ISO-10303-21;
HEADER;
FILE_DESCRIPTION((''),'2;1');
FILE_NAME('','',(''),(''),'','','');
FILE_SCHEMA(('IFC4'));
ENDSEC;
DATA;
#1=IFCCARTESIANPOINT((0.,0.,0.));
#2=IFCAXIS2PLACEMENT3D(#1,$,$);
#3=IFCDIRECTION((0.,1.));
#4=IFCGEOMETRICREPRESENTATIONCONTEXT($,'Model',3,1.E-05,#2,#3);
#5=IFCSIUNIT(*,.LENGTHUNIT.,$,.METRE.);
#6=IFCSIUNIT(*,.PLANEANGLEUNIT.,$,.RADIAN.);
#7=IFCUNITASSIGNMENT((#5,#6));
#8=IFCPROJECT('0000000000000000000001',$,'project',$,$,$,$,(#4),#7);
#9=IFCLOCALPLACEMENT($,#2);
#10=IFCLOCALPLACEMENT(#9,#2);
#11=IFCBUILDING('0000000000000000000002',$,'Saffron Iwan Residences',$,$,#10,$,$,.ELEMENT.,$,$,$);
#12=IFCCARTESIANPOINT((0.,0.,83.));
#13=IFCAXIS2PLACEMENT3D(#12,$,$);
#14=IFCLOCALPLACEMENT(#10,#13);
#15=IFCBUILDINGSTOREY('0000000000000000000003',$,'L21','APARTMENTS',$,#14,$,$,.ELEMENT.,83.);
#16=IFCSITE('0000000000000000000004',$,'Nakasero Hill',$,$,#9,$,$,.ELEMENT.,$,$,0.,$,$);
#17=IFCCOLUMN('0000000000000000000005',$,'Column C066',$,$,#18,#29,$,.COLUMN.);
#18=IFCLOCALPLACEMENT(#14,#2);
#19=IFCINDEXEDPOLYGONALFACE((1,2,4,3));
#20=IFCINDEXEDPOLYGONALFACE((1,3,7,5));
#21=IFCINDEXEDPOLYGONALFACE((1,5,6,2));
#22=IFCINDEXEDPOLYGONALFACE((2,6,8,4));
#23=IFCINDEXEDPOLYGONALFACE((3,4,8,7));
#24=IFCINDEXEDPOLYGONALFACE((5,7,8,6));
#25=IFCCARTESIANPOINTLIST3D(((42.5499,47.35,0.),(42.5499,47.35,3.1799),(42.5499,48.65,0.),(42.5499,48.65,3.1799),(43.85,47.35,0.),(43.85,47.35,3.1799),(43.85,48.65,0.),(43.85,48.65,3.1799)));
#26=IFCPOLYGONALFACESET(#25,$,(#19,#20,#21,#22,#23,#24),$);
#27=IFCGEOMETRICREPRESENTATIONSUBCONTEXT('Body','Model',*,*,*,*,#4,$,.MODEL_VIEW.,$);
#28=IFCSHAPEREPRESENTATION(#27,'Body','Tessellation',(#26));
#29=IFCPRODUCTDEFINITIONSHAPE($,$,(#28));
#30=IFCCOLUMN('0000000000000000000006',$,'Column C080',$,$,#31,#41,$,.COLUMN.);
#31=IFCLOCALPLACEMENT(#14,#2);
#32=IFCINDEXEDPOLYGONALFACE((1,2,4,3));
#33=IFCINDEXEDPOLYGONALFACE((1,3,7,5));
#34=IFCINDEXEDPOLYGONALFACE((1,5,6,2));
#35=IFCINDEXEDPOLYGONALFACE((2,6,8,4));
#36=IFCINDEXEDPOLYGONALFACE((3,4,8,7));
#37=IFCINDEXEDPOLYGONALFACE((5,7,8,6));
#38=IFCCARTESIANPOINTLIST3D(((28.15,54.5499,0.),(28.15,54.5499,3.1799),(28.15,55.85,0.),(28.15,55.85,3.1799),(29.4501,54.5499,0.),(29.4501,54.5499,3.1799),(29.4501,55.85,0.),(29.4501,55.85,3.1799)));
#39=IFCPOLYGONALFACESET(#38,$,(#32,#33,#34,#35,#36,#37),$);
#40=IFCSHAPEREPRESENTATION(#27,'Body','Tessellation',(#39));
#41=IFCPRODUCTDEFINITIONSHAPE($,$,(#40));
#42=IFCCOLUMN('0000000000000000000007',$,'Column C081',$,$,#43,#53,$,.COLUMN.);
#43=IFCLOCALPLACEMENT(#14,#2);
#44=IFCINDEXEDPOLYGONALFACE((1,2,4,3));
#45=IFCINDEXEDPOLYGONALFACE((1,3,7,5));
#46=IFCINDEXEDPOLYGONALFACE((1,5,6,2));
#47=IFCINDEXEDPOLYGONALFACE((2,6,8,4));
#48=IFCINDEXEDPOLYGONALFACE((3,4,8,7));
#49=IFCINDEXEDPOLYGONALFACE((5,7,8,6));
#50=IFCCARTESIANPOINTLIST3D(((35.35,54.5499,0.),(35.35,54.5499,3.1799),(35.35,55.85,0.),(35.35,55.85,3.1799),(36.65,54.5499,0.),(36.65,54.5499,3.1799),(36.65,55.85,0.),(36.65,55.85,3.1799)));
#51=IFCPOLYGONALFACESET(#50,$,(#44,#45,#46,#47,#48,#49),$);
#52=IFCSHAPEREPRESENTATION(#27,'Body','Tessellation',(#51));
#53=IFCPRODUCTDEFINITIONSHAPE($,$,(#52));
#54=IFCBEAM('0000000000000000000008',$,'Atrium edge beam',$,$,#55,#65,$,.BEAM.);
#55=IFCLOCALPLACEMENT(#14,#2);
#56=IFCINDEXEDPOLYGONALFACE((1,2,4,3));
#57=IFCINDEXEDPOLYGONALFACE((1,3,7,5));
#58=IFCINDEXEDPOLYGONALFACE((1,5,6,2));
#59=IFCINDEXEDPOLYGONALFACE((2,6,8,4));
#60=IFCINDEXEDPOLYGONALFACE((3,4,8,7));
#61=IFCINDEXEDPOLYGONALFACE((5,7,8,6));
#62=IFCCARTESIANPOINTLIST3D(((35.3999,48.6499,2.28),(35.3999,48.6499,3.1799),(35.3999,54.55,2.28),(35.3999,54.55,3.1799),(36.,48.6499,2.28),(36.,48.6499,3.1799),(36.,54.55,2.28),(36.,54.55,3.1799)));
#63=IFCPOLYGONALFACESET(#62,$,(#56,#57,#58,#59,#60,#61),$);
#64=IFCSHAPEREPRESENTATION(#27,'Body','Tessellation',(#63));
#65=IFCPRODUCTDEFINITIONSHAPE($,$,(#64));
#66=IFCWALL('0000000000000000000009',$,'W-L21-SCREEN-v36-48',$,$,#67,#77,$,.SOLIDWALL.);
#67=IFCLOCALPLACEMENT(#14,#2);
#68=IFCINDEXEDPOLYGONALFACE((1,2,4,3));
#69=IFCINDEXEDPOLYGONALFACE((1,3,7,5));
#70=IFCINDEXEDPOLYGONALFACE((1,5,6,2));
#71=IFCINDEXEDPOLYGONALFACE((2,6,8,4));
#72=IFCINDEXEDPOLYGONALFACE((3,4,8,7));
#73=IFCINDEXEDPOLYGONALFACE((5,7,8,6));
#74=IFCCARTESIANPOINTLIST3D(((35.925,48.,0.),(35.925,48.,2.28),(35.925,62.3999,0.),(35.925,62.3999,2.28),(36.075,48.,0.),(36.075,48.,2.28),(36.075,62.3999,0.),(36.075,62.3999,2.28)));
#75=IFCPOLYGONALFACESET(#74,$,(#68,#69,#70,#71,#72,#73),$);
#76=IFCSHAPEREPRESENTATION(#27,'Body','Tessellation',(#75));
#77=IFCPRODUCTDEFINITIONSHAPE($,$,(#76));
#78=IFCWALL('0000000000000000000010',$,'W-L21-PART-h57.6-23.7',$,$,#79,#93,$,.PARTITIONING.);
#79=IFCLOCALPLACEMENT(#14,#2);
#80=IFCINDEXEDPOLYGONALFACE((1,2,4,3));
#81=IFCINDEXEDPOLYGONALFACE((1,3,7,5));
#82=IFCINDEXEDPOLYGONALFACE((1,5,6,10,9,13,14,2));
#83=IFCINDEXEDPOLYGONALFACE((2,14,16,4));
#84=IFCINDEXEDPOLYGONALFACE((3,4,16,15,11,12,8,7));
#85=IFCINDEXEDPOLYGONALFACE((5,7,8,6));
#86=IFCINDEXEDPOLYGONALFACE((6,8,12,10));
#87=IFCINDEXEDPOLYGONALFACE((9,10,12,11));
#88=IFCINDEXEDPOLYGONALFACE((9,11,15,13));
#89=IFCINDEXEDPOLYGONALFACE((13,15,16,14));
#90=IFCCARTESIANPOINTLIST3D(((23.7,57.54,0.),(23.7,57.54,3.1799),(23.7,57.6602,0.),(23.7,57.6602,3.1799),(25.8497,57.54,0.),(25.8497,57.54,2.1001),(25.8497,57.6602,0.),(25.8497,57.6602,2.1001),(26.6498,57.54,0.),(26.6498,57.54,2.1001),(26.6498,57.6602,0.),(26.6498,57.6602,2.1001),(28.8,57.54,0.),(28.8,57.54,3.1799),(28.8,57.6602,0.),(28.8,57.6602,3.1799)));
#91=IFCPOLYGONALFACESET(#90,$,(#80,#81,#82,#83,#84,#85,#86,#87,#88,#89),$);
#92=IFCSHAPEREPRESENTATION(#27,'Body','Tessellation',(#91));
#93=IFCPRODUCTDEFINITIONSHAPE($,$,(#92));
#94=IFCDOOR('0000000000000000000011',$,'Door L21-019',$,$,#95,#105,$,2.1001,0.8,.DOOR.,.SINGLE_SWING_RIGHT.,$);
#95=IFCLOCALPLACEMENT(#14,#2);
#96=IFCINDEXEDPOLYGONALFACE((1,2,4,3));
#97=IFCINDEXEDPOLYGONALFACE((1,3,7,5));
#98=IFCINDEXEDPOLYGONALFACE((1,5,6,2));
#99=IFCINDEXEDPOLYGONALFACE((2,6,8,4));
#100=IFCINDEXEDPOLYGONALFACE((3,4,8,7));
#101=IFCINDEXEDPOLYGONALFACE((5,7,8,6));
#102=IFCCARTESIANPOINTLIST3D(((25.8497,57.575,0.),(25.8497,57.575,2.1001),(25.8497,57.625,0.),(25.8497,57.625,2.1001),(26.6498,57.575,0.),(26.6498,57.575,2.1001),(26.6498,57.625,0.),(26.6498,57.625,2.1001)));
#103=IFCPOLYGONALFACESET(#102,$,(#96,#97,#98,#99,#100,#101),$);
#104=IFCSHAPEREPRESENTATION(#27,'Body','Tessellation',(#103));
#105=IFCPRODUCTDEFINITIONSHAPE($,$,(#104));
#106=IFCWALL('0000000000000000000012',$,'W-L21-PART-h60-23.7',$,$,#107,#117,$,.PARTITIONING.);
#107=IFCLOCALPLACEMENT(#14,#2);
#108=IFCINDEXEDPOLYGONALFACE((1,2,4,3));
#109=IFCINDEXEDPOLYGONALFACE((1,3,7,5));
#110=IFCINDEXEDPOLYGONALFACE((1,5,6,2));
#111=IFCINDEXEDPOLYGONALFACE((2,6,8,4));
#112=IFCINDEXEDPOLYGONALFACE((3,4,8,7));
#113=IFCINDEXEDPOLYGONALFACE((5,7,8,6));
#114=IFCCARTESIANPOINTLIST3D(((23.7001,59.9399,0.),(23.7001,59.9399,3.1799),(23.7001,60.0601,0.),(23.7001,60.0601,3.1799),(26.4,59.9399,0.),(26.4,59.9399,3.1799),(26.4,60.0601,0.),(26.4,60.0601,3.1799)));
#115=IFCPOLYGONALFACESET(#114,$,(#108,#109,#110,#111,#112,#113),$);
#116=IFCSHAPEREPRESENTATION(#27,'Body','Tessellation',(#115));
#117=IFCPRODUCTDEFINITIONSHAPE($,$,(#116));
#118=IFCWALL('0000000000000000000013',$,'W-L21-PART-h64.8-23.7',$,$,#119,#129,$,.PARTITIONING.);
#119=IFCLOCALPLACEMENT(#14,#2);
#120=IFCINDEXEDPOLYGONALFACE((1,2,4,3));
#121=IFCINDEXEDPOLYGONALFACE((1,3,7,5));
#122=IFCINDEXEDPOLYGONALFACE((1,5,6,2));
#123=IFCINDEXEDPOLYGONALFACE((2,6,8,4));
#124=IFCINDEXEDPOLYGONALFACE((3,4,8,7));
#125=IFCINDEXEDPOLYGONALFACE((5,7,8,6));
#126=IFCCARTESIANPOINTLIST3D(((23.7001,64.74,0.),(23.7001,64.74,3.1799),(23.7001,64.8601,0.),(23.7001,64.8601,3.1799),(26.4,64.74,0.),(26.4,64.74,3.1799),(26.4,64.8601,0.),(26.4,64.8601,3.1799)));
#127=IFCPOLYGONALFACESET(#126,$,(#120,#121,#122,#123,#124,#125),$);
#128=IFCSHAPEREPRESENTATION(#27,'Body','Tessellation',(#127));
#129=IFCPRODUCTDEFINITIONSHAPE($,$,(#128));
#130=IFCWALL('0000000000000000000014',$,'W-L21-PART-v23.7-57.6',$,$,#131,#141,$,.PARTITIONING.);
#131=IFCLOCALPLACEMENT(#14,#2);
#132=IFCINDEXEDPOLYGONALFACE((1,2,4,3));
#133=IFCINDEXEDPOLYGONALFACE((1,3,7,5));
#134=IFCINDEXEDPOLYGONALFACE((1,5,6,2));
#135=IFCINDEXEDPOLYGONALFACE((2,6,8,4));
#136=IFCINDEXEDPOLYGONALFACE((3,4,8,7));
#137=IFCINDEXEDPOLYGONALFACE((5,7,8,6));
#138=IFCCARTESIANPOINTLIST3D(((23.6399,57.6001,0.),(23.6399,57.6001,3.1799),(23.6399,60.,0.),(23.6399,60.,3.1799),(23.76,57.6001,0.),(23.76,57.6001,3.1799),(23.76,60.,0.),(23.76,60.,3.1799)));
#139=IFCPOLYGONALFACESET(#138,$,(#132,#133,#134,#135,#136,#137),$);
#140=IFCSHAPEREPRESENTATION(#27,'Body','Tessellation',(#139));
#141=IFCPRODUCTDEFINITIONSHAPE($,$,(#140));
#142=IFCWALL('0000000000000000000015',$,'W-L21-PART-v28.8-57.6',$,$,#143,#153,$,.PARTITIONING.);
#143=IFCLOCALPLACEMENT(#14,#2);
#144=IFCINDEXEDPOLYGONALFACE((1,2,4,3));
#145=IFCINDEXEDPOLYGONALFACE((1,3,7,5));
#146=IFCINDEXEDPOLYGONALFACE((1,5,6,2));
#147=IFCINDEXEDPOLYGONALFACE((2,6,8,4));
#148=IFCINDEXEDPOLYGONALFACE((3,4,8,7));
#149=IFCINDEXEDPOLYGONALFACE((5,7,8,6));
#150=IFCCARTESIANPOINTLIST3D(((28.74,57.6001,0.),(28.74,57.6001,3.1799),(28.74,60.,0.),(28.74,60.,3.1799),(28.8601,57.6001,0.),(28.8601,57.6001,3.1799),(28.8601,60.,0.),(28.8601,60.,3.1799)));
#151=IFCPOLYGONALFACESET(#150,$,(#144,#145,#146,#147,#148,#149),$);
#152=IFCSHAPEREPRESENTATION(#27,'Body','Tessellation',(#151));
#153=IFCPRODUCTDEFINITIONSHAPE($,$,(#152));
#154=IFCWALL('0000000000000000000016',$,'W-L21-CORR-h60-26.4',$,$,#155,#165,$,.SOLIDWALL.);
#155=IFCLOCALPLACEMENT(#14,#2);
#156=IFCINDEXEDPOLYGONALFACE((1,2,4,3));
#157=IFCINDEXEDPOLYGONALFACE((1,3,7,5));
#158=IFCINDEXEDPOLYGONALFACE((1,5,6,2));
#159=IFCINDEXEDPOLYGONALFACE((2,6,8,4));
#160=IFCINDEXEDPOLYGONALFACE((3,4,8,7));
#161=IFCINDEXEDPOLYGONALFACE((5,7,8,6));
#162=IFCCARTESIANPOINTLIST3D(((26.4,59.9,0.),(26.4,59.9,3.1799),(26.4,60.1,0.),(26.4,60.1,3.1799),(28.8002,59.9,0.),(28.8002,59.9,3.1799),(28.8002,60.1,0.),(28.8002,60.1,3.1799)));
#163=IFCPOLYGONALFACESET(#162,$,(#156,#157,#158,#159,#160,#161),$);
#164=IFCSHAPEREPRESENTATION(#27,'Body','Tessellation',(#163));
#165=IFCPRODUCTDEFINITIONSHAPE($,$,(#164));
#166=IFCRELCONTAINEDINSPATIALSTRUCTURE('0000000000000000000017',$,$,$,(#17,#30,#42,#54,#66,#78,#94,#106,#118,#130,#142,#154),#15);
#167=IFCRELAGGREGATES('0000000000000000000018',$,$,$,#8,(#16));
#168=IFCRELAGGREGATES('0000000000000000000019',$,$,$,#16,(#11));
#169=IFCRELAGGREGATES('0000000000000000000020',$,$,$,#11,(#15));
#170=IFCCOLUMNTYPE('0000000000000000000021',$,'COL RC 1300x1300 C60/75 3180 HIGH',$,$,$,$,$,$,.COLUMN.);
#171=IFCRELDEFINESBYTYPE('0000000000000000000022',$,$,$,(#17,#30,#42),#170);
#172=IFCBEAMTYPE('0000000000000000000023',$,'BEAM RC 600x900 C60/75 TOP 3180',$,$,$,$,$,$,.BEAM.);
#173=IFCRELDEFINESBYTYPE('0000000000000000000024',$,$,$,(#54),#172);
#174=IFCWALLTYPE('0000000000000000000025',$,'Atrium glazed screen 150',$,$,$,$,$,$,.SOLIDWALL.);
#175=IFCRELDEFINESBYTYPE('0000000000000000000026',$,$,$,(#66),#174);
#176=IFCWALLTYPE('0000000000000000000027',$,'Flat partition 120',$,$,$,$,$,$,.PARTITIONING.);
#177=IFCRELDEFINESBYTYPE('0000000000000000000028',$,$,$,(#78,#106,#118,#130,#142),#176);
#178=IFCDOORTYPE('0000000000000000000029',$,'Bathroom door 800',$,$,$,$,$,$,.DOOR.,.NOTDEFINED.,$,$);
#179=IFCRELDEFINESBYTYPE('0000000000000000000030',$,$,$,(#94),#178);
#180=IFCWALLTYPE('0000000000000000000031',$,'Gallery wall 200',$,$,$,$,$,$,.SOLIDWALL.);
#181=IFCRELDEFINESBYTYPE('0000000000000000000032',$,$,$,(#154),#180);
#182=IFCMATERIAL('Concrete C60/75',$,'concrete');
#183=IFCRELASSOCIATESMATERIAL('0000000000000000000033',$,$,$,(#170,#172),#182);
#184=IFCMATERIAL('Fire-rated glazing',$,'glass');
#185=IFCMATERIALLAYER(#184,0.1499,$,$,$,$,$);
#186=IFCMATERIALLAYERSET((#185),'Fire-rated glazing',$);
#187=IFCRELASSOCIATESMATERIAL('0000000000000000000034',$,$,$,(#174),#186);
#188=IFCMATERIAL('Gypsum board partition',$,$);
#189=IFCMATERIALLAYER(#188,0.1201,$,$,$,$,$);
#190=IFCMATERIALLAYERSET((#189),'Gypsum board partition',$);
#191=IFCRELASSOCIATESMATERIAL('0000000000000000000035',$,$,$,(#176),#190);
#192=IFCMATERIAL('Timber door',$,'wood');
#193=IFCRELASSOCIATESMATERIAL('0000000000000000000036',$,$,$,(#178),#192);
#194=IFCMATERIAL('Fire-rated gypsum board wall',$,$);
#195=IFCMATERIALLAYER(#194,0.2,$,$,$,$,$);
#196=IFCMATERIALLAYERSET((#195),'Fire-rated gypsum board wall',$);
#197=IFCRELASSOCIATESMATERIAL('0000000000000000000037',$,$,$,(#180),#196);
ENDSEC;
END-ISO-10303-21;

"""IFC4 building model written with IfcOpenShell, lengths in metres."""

from ifc_helpers import new_model, si_unit, direction, frame, frame_2d, origin, origin_2d, place, context, subcontext, project, spatial, rectangle, extrude, source, transform, mapped, material, layer, layer_set, material_profile, profile_set, type_object, element, fill, save


model = new_model("IFC4")

# Units and contexts
model_context = context("Model", 3, precision=1e-05, world=origin(), true_north=direction((0.0, 1.0)))
body_context = subcontext(model_context, "Body", "Model", "MODEL_VIEW")
ifc_project = project(units=[si_unit("LENGTHUNIT", "METRE"), si_unit("PLANEANGLEUNIT", "RADIAN")], contexts=[model_context])

# Site, building, storey
site_placement = place(None, origin())
site = spatial("IfcSite", under=ifc_project, at=site_placement, Name="Nakasero Hill", CompositionType="ELEMENT", RefElevation=0.0)
building_placement = place(site_placement, origin())
building = spatial("IfcBuilding", under=site, at=building_placement, Name="Saffron Iwan Residences", CompositionType="ELEMENT")
storey_placement = place(building_placement, frame((0.0, 0.0, 83.0)))
storey = spatial("IfcBuildingStorey", under=building, at=storey_placement, Name="L21", Description="APARTMENTS", CompositionType="ELEMENT", Elevation=83.0)

# Columns
ifc_material_1 = material(Name="Concrete C60/75", Category="concrete")
ifc_material_profile_1 = material_profile(ifc_material_1, rectangle(XDim=1.3, YDim=1.3, at=origin_2d()), Name="RC 1300x1300")
ifc_profile_set_1 = profile_set([ifc_material_profile_1], Name="Concrete C60/75")
column_type = type_object("IfcColumnType", Name="COL RC 1300x1300 C60/75 3180 HIGH", PredefinedType="COLUMN", material=ifc_profile_set_1)
shared_shape_1 = source(origin(), body_context, "Body", "SweptSolid", [
    extrude(rectangle(XDim=1.3, YDim=1.3, at=origin_2d()), origin(), (0.0, 0.0, 1.0), 3.1799),
])
for number, where, z_axis, x_axis, name in (
    (1, (43.2, 48.0, 0.0), (0.0, 0.0, 1.0), (1.0, 0.0, 0.0), "Column C066"),
    (2, (28.8, 55.2, 0.0), (0.0, 0.0, 1.0), (1.0, 0.0, 0.0), "Column C080"),
    (3, (36.0, 55.2, 0.0), (0.0, 0.0, 1.0), (1.0, 0.0, 0.0), "Column C081"),
):
    element("IfcColumn", number, at=place(storey_placement, frame(where, z_axis=z_axis, x_axis=x_axis)), inside=storey, type_object=column_type, Name=name, PredefinedType="COLUMN", context=body_context, shape_type="MappedRepresentation", body=[
        mapped(shared_shape_1, transform((0.0, 0.0, 0.0))),
    ])

# Beam
ifc_material_profile_2 = material_profile(ifc_material_1, rectangle(XDim=0.6001, YDim=0.8999, at=origin_2d()), Name="RC 600x900")
ifc_profile_set_2 = profile_set([ifc_material_profile_2], Name="Concrete C60/75")
beam_type = type_object("IfcBeamType", Name="BEAM RC 600x900 C60/75 TOP 3180", PredefinedType="BEAM", material=ifc_profile_set_2)
shared_shape_2 = source(origin(), body_context, "Body", "SweptSolid", [
    extrude(rectangle(XDim=0.6001, YDim=0.8999, at=origin_2d()), origin(), (0.0, 0.0, 1.0), 5.9001),
])
beam_placement = place(storey_placement, frame((35.7, 48.6499, 2.73), z_axis=(0.0, 1.0, 0.0), x_axis=(-1.0, 0.0, 0.0)))
element("IfcBeam", 4, at=beam_placement, inside=storey, type_object=beam_type, Name="Atrium edge beam", PredefinedType="BEAM", context=body_context, shape_type="MappedRepresentation", body=[
    mapped(shared_shape_2, transform((0.0, 0.0, 0.0))),
])

# Wall
ifc_material_2 = material(Name="Fire-rated glazing", Category="glass")
ifc_layer_1 = layer(ifc_material_2, 0.1499)
ifc_layer_set_1 = layer_set([ifc_layer_1], Name="Fire-rated glazing")
wall_type_1 = type_object("IfcWallType", Name="Atrium glazed screen 150", PredefinedType="SOLIDWALL", material=ifc_layer_set_1)
wall_1_placement = place(storey_placement, frame((36.0, 48.0, 0.0), z_axis=(0.0, 0.0, 1.0), x_axis=(0.0, 1.0, 0.0)))
element("IfcWall", 5, at=wall_1_placement, inside=storey, type_object=wall_type_1, Name="W-L21-SCREEN-v36-48", PredefinedType="SOLIDWALL", context=body_context, shape_type="SweptSolid", body=[
    extrude(rectangle(XDim=14.3999, YDim=0.1499, at=frame_2d((7.2, 0.0))), origin(), (0.0, 0.0, 1.0), 2.28),
])

# Wall, opening, door
ifc_material_3 = material(Name="Gypsum board partition")
ifc_layer_2 = layer(ifc_material_3, 0.1201)
ifc_layer_set_2 = layer_set([ifc_layer_2], Name="Gypsum board partition")
wall_type_2 = type_object("IfcWallType", Name="Flat partition 120", PredefinedType="PARTITIONING", material=ifc_layer_set_2)
wall_2_placement = place(storey_placement, frame((23.7, 57.6001, 0.0), z_axis=(0.0, 0.0, 1.0), x_axis=(1.0, 0.0, 0.0)))
wall_2 = element("IfcWall", 6, at=wall_2_placement, inside=storey, type_object=wall_type_2, Name="W-L21-PART-h57.6-23.7", PredefinedType="PARTITIONING", context=body_context, shape_type="SweptSolid", body=[
    extrude(rectangle(XDim=5.1001, YDim=0.1201, at=frame_2d((2.55, 0.0))), origin(), (0.0, 0.0, 1.0), 3.1799),
])
opening_1_placement = place(wall_2_placement, frame((2.1499, 0.0, 0.0)))
opening_1 = element("IfcOpeningElement", 7, at=opening_1_placement, cuts=wall_2, PredefinedType="OPENING", context=body_context, shape_type="SweptSolid", body=[
    extrude(rectangle(XDim=0.8, YDim=2.1001, at=frame_2d((0.3999, 1.05))), frame((0.0, 0.0701, 0.0), z_axis=(0.0, -1.0, 0.0), x_axis=(1.0, 0.0, 0.0)), (0.0, 0.0, 1.0), 0.1401),
])
ifc_material_4 = material(Name="Timber door", Category="wood")
door_type_1 = type_object("IfcDoorType", Name="Bathroom door 800", OperationType="NOTDEFINED", PredefinedType="DOOR", material=ifc_material_4)
door_1_placement = place(opening_1_placement, origin())
door_1 = element("IfcDoor", 8, at=door_1_placement, inside=storey, type_object=door_type_1, Name="Door L21-019", OperationType="SINGLE_SWING_RIGHT", OverallHeight=2.1001, OverallWidth=0.8, PredefinedType="DOOR", context=body_context, shape_type="SweptSolid", body=[
    extrude(rectangle(XDim=0.8, YDim=2.1001, at=frame_2d((0.3999, 1.05))), frame((0.0, 0.0249, 0.0), z_axis=(0.0, -1.0, 0.0), x_axis=(1.0, 0.0, 0.0)), (0.0, 0.0, 1.0), 0.05),
])
fill(opening_1, door_1)

# Walls
for number, where, z_axis, x_axis, name in (
    (9, (23.7, 60.0, 0.0), (0.0, 0.0, 1.0), (1.0, 0.0, 0.0), "W-L21-PART-h60-23.7"),
    (10, (23.7, 64.8, 0.0), (0.0, 0.0, 1.0), (1.0, 0.0, 0.0), "W-L21-PART-h64.8-23.7"),
):
    element("IfcWall", number, at=place(storey_placement, frame(where, z_axis=z_axis, x_axis=x_axis)), inside=storey, type_object=wall_type_2, Name=name, PredefinedType="PARTITIONING", context=body_context, shape_type="SweptSolid", body=[
        extrude(rectangle(XDim=2.7, YDim=0.1201, at=frame_2d((1.3501, 0.0))), origin(), (0.0, 0.0, 1.0), 3.1799),
    ])
for number, where, z_axis, x_axis, name in (
    (11, (23.7, 57.6001, 0.0), (0.0, 0.0, 1.0), (0.0, 1.0, 0.0), "W-L21-PART-v23.7-57.6"),
    (12, (28.8, 57.6001, 0.0), (0.0, 0.0, 1.0), (0.0, 1.0, 0.0), "W-L21-PART-v28.8-57.6"),
):
    element("IfcWall", number, at=place(storey_placement, frame(where, z_axis=z_axis, x_axis=x_axis)), inside=storey, type_object=wall_type_2, Name=name, PredefinedType="PARTITIONING", context=body_context, shape_type="SweptSolid", body=[
        extrude(rectangle(XDim=2.3999, YDim=0.1201, at=frame_2d((1.2, 0.0))), origin(), (0.0, 0.0, 1.0), 3.1799),
    ])
ifc_material_5 = material(Name="Fire-rated gypsum board wall")
ifc_layer_3 = layer(ifc_material_5, 0.2)
ifc_layer_set_3 = layer_set([ifc_layer_3], Name="Fire-rated gypsum board wall")
wall_type_3 = type_object("IfcWallType", Name="Gallery wall 200", PredefinedType="SOLIDWALL", material=ifc_layer_set_3)
wall_3_placement = place(storey_placement, frame((26.3999, 60.0, 0.0), z_axis=(0.0, 0.0, 1.0), x_axis=(1.0, 0.0, 0.0)))
element("IfcWall", 13, at=wall_3_placement, inside=storey, type_object=wall_type_3, Name="W-L21-CORR-h60-26.4", PredefinedType="SOLIDWALL", context=body_context, shape_type="SweptSolid", body=[
    extrude(rectangle(XDim=2.4001, YDim=0.2, at=frame_2d((1.2002, 0.0))), origin(), (0.0, 0.0, 1.0), 3.1799),
])

save(model, "model.ifc")
